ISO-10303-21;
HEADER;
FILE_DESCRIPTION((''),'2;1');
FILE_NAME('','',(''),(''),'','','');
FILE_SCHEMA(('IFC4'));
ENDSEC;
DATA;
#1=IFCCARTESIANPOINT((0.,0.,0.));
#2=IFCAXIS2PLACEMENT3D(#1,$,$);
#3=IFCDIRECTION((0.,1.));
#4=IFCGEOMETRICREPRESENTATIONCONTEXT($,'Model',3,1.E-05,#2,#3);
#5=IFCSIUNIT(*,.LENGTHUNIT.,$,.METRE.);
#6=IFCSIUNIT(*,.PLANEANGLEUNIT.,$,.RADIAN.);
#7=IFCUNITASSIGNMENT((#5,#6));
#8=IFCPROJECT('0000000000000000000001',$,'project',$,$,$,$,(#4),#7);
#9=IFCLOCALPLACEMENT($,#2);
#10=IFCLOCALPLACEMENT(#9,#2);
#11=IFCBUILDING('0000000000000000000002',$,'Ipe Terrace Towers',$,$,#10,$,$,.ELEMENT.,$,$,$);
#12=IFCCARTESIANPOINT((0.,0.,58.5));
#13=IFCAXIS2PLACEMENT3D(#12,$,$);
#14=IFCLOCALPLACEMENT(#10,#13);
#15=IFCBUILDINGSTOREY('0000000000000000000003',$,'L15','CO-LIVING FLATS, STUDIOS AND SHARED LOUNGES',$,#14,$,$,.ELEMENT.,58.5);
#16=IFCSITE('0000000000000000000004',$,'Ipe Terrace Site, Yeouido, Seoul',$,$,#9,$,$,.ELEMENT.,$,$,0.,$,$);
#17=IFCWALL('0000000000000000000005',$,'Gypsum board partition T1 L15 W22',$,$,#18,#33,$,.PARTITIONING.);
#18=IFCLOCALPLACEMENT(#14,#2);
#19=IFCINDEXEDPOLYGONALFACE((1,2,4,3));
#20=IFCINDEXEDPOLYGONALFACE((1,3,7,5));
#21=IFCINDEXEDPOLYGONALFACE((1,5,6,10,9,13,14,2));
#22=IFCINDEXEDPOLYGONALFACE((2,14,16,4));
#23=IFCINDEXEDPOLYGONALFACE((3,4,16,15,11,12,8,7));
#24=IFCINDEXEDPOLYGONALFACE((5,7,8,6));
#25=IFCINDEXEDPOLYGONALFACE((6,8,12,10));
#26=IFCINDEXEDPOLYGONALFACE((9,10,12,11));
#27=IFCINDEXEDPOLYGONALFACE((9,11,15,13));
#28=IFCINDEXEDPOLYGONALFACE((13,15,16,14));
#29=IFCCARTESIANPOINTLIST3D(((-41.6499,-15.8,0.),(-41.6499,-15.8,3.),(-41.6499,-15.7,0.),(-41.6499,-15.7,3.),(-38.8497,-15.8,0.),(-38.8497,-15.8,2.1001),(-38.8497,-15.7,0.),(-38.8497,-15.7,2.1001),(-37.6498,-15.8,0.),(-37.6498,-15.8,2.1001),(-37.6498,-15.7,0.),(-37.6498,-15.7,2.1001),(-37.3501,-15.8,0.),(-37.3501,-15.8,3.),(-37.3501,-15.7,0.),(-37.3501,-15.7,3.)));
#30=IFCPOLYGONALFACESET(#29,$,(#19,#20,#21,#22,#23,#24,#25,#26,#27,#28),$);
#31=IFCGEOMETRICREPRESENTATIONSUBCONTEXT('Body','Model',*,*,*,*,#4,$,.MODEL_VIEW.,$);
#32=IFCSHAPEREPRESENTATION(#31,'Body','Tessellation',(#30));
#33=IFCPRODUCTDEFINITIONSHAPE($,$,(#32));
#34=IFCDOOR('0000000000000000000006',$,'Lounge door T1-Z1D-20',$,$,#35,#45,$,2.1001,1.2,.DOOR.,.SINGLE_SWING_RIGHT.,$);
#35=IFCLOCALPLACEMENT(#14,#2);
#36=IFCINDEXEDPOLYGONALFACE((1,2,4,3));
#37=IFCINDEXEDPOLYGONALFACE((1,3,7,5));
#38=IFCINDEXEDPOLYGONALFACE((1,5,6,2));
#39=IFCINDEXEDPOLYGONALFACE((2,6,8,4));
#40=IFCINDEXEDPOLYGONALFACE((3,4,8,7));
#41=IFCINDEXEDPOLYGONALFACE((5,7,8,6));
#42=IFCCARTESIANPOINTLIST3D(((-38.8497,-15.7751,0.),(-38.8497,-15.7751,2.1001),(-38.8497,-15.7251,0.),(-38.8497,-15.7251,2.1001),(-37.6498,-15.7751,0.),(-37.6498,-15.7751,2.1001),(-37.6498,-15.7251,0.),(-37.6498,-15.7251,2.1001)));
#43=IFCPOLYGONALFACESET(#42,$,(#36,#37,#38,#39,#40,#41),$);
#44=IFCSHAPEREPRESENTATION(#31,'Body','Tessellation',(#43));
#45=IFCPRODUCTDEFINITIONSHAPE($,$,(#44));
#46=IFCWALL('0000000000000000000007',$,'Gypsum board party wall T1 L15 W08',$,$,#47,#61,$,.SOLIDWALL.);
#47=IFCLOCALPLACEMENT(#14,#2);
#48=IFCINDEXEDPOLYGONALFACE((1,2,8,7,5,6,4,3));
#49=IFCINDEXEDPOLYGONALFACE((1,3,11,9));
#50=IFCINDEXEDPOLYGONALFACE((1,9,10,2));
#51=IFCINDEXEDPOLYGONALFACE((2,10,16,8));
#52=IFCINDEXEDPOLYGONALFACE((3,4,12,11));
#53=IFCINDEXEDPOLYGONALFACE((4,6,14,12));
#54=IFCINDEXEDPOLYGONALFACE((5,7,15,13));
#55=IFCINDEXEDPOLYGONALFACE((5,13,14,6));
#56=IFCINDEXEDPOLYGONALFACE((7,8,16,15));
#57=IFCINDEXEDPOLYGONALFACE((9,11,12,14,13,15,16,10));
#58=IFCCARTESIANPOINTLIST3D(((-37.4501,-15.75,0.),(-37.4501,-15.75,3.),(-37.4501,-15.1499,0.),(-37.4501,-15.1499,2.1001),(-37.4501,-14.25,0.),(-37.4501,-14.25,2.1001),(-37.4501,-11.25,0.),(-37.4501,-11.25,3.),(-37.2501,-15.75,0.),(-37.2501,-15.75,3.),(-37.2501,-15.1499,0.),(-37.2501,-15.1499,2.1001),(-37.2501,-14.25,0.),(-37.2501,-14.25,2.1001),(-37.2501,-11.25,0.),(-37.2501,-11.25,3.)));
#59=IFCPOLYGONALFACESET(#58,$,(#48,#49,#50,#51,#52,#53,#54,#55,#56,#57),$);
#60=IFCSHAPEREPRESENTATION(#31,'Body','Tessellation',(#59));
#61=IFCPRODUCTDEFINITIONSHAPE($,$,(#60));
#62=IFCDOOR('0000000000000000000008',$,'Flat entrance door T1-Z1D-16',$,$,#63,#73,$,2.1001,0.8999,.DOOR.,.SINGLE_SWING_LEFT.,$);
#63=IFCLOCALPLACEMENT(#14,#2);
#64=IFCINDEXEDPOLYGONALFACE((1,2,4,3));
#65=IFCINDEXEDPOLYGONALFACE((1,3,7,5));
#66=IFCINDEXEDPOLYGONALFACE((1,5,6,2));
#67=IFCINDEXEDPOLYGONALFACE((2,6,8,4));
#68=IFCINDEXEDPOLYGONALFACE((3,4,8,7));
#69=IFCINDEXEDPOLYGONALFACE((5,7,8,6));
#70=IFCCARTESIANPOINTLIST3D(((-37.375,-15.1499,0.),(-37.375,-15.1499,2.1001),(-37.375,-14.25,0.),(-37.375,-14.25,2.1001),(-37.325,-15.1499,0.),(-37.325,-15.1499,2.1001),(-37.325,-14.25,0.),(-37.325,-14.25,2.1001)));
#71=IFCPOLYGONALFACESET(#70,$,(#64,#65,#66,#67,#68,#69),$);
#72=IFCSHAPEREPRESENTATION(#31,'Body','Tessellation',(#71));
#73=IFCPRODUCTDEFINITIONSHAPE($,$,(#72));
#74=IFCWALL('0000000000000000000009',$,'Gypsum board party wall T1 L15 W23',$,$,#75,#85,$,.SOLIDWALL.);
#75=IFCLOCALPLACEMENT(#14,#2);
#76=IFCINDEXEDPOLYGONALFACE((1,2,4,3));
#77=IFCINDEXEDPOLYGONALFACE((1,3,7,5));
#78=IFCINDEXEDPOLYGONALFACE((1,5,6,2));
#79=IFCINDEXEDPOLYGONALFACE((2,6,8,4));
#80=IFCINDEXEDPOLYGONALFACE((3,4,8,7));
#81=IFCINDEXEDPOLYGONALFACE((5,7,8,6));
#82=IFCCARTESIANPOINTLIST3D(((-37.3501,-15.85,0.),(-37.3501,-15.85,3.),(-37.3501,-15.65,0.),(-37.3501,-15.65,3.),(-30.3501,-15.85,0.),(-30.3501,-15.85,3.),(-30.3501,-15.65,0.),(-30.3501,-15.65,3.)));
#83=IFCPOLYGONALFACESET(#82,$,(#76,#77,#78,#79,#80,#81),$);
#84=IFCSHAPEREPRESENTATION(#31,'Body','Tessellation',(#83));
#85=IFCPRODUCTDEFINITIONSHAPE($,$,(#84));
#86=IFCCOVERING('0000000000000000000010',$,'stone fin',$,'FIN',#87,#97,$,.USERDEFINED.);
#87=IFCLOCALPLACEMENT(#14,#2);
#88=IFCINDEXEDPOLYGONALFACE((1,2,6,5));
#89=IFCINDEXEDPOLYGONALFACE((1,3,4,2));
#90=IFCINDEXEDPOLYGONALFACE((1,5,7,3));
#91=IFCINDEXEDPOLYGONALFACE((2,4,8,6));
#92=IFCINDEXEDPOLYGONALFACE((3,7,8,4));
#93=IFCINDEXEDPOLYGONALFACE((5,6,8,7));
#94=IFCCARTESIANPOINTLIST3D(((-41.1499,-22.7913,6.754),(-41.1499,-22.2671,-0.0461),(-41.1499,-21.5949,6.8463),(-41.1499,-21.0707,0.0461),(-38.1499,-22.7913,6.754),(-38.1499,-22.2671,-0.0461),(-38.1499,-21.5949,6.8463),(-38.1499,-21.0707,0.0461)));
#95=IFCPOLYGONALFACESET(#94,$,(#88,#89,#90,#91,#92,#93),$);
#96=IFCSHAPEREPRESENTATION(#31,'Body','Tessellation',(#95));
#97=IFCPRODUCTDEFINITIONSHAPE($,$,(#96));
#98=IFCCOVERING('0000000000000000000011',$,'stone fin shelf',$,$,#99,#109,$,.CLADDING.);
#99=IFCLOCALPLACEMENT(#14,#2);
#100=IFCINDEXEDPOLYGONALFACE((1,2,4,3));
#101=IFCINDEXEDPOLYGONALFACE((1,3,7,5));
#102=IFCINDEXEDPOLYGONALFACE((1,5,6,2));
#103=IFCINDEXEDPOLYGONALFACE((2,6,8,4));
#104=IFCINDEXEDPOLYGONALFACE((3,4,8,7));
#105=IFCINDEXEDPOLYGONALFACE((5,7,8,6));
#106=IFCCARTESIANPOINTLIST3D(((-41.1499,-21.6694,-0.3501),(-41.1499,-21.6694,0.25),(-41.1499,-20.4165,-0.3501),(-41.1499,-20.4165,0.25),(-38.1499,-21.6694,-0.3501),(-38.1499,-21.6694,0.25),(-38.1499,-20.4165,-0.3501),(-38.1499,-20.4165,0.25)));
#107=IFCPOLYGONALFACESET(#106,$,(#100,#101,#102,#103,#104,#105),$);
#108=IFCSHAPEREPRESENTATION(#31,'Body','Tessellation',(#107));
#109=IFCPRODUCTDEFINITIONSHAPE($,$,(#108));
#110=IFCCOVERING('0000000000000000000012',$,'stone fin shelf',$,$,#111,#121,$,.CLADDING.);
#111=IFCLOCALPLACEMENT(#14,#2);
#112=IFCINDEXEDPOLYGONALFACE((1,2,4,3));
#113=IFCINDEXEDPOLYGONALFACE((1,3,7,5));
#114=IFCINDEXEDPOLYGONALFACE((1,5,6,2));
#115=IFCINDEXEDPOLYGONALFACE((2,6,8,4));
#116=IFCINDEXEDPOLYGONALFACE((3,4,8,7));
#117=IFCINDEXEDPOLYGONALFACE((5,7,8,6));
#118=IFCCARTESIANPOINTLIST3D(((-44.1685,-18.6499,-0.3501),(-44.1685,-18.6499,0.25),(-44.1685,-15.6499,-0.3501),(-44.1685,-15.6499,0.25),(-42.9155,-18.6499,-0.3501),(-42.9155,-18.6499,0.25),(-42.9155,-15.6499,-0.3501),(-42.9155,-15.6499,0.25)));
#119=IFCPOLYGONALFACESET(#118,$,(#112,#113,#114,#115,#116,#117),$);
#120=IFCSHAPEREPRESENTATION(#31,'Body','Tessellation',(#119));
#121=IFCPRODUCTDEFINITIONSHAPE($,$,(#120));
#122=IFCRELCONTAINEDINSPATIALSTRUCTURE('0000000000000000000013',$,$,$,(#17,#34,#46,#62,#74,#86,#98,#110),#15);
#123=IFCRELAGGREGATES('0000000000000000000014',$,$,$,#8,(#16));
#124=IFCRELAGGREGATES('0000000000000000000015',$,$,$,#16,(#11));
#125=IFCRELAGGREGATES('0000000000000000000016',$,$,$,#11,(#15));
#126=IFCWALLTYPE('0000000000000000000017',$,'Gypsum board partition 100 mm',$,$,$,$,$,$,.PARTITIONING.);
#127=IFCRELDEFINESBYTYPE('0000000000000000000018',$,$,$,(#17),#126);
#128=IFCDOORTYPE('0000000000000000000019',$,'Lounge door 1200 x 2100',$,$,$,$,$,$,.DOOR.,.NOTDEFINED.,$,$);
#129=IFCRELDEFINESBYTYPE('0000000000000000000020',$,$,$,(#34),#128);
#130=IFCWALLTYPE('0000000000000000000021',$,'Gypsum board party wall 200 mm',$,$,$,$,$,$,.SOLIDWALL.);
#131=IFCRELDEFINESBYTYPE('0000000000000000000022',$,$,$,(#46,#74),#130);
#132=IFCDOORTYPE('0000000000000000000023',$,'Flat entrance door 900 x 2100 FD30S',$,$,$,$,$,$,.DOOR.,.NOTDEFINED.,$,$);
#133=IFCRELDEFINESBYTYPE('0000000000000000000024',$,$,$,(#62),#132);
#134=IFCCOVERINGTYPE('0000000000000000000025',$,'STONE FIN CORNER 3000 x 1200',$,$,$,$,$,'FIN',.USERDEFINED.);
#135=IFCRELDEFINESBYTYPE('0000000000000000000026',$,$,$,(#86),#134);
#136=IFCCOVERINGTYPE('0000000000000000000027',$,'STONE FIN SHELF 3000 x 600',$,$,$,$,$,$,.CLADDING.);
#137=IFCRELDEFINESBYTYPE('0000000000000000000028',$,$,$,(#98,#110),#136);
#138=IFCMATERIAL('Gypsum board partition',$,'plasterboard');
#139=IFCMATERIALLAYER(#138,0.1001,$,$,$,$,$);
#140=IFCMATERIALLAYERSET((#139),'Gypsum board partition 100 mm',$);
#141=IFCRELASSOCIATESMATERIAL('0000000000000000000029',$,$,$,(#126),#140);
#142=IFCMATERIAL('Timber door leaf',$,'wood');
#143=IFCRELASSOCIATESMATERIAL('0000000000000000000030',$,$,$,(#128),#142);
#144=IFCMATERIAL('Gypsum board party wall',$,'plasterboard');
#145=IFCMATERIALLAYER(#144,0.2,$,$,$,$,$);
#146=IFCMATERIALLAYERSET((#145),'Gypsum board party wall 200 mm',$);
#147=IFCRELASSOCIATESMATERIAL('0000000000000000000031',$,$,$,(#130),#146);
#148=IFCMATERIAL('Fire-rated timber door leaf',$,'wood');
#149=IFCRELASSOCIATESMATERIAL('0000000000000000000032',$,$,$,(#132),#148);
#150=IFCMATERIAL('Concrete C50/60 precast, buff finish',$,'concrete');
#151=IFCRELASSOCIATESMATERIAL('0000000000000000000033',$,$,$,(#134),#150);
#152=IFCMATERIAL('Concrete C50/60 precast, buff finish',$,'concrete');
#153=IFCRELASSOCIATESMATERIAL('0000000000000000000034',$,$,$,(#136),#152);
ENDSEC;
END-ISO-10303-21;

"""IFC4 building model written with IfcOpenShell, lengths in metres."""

from ifc_helpers import new_model, si_unit, direction, frame, frame_2d, origin, origin_2d, place, context, subcontext, project, spatial, rectangle, extrude, material, layer, layer_set, material_profile, profile_set, type_object, element, fill, save


model = new_model("IFC4")

# Units and contexts
model_context = context("Model", 3, precision=1e-05, world=origin(), true_north=direction((0.0, 1.0)))
body_context = subcontext(model_context, "Body", "Model", "MODEL_VIEW")
ifc_project = project(units=[si_unit("LENGTHUNIT", "METRE"), si_unit("PLANEANGLEUNIT", "RADIAN")], contexts=[model_context])

# Site, building, storey
site_placement = place(None, origin())
site = spatial("IfcSite", under=ifc_project, at=site_placement, Name="Ipe Terrace Site, Yeouido, Seoul", CompositionType="ELEMENT", RefElevation=0.0)
building_placement = place(site_placement, origin())
building = spatial("IfcBuilding", under=site, at=building_placement, Name="Ipe Terrace Towers", CompositionType="ELEMENT")
storey_placement = place(building_placement, frame((0.0, 0.0, 58.5)))
storey = spatial("IfcBuildingStorey", under=building, at=storey_placement, Name="L15", Description="CO-LIVING FLATS, STUDIOS AND SHARED LOUNGES", CompositionType="ELEMENT", Elevation=58.5)

# Shared definitions
ifc_material_1 = material(Name="Gypsum board partition", Category="plasterboard")
ifc_layer_1 = layer(ifc_material_1, 0.1001)
ifc_layer_set_1 = layer_set([ifc_layer_1], Name="Gypsum board partition 100 mm")
wall_type_1 = type_object("IfcWallType", Name="Gypsum board partition 100 mm", PredefinedType="PARTITIONING", material=ifc_layer_set_1)

# Walls, openings, doors
wall_1_placement = place(storey_placement, frame((-41.6499, -15.75, 0.0), z_axis=(0.0, 0.0, 1.0), x_axis=(1.0, 0.0, 0.0)))
wall_1 = element("IfcWall", 1, at=wall_1_placement, inside=storey, type_object=wall_type_1, Name="Gypsum board partition T1 L15 W22", PredefinedType="PARTITIONING", context=body_context, shape_type="SweptSolid", body=[
    extrude(rectangle(XDim=4.2998, YDim=0.1001, at=frame_2d((2.1499, 0.0))), origin(), (0.0, 0.0, 1.0), 3.0),
])
opening_1_placement = place(wall_1_placement, frame((2.8, 0.0, 0.0)))
opening_1 = element("IfcOpeningElement", 2, at=opening_1_placement, cuts=wall_1, PredefinedType="OPENING", context=body_context, shape_type="SweptSolid", body=[
    extrude(rectangle(XDim=1.2, YDim=2.1001, at=frame_2d((0.6001, 1.05))), frame((0.0, 0.0601, 0.0), z_axis=(0.0, -1.0, 0.0), x_axis=(1.0, 0.0, 0.0)), (0.0, 0.0, 1.0), 0.1201),
])
ifc_material_2 = material(Name="Timber door leaf", Category="wood")
door_type_1 = type_object("IfcDoorType", Name="Lounge door 1200 x 2100", OperationType="NOTDEFINED", PredefinedType="DOOR", material=ifc_material_2)
door_1_placement = place(opening_1_placement, origin())
door_1 = element("IfcDoor", 3, at=door_1_placement, inside=storey, type_object=door_type_1, Name="Lounge door T1-Z1D-20", OperationType="SINGLE_SWING_RIGHT", OverallHeight=2.1001, OverallWidth=1.2, PredefinedType="DOOR", context=body_context, shape_type="SweptSolid", body=[
    extrude(rectangle(XDim=1.2, YDim=2.1001, at=frame_2d((0.6001, 1.05))), frame((0.0, 0.0249, 0.0), z_axis=(0.0, -1.0, 0.0), x_axis=(1.0, 0.0, 0.0)), (0.0, 0.0, 1.0), 0.05),
])
fill(opening_1, door_1)
ifc_material_3 = material(Name="Gypsum board party wall", Category="plasterboard")
ifc_layer_2 = layer(ifc_material_3, 0.2)
ifc_layer_set_2 = layer_set([ifc_layer_2], Name="Gypsum board party wall 200 mm")
wall_type_2 = type_object("IfcWallType", Name="Gypsum board party wall 200 mm", PredefinedType="SOLIDWALL", material=ifc_layer_set_2)
wall_2_placement = place(storey_placement, frame((-37.3501, -15.75, 0.0), z_axis=(0.0, 0.0, 1.0), x_axis=(0.0, 1.0, 0.0)))
wall_2 = element("IfcWall", 4, at=wall_2_placement, inside=storey, type_object=wall_type_2, Name="Gypsum board party wall T1 L15 W08", PredefinedType="SOLIDWALL", context=body_context, shape_type="SweptSolid", body=[
    extrude(rectangle(XDim=4.5, YDim=0.2, at=frame_2d((2.25, 0.0))), origin(), (0.0, 0.0, 1.0), 3.0),
])
opening_2_placement = place(wall_2_placement, frame((0.6001, 0.0, 0.0)))
opening_2 = element("IfcOpeningElement", 5, at=opening_2_placement, cuts=wall_2, PredefinedType="OPENING", context=body_context, shape_type="SweptSolid", body=[
    extrude(rectangle(XDim=0.8999, YDim=2.1001, at=frame_2d((0.45, 1.05))), frame((0.0, 0.1099, 0.0), z_axis=(0.0, -1.0, 0.0), x_axis=(1.0, 0.0, 0.0)), (0.0, 0.0, 1.0), 0.22),
])
ifc_material_4 = material(Name="Fire-rated timber door leaf", Category="wood")
door_type_2 = type_object("IfcDoorType", Name="Flat entrance door 900 x 2100 FD30S", OperationType="NOTDEFINED", PredefinedType="DOOR", material=ifc_material_4)
door_2_placement = place(opening_2_placement, origin())
door_2 = element("IfcDoor", 6, at=door_2_placement, inside=storey, type_object=door_type_2, Name="Flat entrance door T1-Z1D-16", OperationType="SINGLE_SWING_LEFT", OverallHeight=2.1001, OverallWidth=0.8999, PredefinedType="DOOR", context=body_context, shape_type="SweptSolid", body=[
    extrude(rectangle(XDim=0.8999, YDim=2.1001, at=frame_2d((0.45, 1.05))), frame((0.0, 0.0249, 0.0), z_axis=(0.0, -1.0, 0.0), x_axis=(1.0, 0.0, 0.0)), (0.0, 0.0, 1.0), 0.05),
])
fill(opening_2, door_2)

# Wall
wall_3_placement = place(storey_placement, frame((-37.3501, -15.75, 0.0), z_axis=(0.0, 0.0, 1.0), x_axis=(1.0, 0.0, 0.0)))
element("IfcWall", 7, at=wall_3_placement, inside=storey, type_object=wall_type_2, Name="Gypsum board party wall T1 L15 W23", PredefinedType="SOLIDWALL", context=body_context, shape_type="SweptSolid", body=[
    extrude(rectangle(XDim=7.0, YDim=0.2, at=frame_2d((3.5, 0.0))), origin(), (0.0, 0.0, 1.0), 3.0),
])

# Coverings
ifc_material_5 = material(Name="Concrete C50/60 precast, buff finish", Category="concrete")
ifc_material_profile_1 = material_profile(ifc_material_5, rectangle(XDim=3.0, YDim=1.2, at=origin_2d()), Name="STONE FIN CORNER 3000 x 1200")
ifc_profile_set_1 = profile_set([ifc_material_profile_1], Name="Concrete C50/60 precast, buff finish")
covering_type_1 = type_object("IfcCoveringType", Name="STONE FIN CORNER 3000 x 1200", ElementType="FIN", PredefinedType="USERDEFINED", material=ifc_profile_set_1)
covering_placement = place(storey_placement, frame((-39.6499, -21.6689, 0.0), z_axis=(0.0, -0.076855, 0.997042), x_axis=(1.0, 0.0, 0.0)))
element("IfcCovering", 8, at=covering_placement, inside=storey, type_object=covering_type_1, Name="stone fin", ObjectType="FIN", PredefinedType="USERDEFINED", context=body_context, shape_type="SweptSolid", body=[
    extrude(rectangle(XDim=3.0, YDim=1.2, at=origin_2d()), origin(), (0.0, 0.0, 1.0), 6.8203),
])
ifc_material_6 = material(Name="Concrete C50/60 precast, buff finish", Category="concrete")
covering_type_2 = type_object("IfcCoveringType", Name="STONE FIN SHELF 3000 x 600", PredefinedType="CLADDING", material=ifc_material_6)
for number, where, z_axis, x_axis, name in (
    (9, (-39.6499, -21.043, -0.3501), (0.0, 0.0, 1.0), (1.0, 0.0, 0.0), "stone fin shelf"),
    (10, (-43.542, -17.1499, -0.3501), (0.0, 0.0, 1.0), (0.0, -1.0, 0.0), "stone fin shelf"),
):
    element("IfcCovering", number, at=place(storey_placement, frame(where, z_axis=z_axis, x_axis=x_axis)), inside=storey, type_object=covering_type_2, Name=name, PredefinedType="CLADDING", context=body_context, shape_type="SweptSolid", body=[
        extrude(rectangle(XDim=3.0, YDim=1.2529, at=origin_2d()), origin(), (0.0, 0.0, 1.0), 0.6001),
    ])

save(model, "model.ifc")
